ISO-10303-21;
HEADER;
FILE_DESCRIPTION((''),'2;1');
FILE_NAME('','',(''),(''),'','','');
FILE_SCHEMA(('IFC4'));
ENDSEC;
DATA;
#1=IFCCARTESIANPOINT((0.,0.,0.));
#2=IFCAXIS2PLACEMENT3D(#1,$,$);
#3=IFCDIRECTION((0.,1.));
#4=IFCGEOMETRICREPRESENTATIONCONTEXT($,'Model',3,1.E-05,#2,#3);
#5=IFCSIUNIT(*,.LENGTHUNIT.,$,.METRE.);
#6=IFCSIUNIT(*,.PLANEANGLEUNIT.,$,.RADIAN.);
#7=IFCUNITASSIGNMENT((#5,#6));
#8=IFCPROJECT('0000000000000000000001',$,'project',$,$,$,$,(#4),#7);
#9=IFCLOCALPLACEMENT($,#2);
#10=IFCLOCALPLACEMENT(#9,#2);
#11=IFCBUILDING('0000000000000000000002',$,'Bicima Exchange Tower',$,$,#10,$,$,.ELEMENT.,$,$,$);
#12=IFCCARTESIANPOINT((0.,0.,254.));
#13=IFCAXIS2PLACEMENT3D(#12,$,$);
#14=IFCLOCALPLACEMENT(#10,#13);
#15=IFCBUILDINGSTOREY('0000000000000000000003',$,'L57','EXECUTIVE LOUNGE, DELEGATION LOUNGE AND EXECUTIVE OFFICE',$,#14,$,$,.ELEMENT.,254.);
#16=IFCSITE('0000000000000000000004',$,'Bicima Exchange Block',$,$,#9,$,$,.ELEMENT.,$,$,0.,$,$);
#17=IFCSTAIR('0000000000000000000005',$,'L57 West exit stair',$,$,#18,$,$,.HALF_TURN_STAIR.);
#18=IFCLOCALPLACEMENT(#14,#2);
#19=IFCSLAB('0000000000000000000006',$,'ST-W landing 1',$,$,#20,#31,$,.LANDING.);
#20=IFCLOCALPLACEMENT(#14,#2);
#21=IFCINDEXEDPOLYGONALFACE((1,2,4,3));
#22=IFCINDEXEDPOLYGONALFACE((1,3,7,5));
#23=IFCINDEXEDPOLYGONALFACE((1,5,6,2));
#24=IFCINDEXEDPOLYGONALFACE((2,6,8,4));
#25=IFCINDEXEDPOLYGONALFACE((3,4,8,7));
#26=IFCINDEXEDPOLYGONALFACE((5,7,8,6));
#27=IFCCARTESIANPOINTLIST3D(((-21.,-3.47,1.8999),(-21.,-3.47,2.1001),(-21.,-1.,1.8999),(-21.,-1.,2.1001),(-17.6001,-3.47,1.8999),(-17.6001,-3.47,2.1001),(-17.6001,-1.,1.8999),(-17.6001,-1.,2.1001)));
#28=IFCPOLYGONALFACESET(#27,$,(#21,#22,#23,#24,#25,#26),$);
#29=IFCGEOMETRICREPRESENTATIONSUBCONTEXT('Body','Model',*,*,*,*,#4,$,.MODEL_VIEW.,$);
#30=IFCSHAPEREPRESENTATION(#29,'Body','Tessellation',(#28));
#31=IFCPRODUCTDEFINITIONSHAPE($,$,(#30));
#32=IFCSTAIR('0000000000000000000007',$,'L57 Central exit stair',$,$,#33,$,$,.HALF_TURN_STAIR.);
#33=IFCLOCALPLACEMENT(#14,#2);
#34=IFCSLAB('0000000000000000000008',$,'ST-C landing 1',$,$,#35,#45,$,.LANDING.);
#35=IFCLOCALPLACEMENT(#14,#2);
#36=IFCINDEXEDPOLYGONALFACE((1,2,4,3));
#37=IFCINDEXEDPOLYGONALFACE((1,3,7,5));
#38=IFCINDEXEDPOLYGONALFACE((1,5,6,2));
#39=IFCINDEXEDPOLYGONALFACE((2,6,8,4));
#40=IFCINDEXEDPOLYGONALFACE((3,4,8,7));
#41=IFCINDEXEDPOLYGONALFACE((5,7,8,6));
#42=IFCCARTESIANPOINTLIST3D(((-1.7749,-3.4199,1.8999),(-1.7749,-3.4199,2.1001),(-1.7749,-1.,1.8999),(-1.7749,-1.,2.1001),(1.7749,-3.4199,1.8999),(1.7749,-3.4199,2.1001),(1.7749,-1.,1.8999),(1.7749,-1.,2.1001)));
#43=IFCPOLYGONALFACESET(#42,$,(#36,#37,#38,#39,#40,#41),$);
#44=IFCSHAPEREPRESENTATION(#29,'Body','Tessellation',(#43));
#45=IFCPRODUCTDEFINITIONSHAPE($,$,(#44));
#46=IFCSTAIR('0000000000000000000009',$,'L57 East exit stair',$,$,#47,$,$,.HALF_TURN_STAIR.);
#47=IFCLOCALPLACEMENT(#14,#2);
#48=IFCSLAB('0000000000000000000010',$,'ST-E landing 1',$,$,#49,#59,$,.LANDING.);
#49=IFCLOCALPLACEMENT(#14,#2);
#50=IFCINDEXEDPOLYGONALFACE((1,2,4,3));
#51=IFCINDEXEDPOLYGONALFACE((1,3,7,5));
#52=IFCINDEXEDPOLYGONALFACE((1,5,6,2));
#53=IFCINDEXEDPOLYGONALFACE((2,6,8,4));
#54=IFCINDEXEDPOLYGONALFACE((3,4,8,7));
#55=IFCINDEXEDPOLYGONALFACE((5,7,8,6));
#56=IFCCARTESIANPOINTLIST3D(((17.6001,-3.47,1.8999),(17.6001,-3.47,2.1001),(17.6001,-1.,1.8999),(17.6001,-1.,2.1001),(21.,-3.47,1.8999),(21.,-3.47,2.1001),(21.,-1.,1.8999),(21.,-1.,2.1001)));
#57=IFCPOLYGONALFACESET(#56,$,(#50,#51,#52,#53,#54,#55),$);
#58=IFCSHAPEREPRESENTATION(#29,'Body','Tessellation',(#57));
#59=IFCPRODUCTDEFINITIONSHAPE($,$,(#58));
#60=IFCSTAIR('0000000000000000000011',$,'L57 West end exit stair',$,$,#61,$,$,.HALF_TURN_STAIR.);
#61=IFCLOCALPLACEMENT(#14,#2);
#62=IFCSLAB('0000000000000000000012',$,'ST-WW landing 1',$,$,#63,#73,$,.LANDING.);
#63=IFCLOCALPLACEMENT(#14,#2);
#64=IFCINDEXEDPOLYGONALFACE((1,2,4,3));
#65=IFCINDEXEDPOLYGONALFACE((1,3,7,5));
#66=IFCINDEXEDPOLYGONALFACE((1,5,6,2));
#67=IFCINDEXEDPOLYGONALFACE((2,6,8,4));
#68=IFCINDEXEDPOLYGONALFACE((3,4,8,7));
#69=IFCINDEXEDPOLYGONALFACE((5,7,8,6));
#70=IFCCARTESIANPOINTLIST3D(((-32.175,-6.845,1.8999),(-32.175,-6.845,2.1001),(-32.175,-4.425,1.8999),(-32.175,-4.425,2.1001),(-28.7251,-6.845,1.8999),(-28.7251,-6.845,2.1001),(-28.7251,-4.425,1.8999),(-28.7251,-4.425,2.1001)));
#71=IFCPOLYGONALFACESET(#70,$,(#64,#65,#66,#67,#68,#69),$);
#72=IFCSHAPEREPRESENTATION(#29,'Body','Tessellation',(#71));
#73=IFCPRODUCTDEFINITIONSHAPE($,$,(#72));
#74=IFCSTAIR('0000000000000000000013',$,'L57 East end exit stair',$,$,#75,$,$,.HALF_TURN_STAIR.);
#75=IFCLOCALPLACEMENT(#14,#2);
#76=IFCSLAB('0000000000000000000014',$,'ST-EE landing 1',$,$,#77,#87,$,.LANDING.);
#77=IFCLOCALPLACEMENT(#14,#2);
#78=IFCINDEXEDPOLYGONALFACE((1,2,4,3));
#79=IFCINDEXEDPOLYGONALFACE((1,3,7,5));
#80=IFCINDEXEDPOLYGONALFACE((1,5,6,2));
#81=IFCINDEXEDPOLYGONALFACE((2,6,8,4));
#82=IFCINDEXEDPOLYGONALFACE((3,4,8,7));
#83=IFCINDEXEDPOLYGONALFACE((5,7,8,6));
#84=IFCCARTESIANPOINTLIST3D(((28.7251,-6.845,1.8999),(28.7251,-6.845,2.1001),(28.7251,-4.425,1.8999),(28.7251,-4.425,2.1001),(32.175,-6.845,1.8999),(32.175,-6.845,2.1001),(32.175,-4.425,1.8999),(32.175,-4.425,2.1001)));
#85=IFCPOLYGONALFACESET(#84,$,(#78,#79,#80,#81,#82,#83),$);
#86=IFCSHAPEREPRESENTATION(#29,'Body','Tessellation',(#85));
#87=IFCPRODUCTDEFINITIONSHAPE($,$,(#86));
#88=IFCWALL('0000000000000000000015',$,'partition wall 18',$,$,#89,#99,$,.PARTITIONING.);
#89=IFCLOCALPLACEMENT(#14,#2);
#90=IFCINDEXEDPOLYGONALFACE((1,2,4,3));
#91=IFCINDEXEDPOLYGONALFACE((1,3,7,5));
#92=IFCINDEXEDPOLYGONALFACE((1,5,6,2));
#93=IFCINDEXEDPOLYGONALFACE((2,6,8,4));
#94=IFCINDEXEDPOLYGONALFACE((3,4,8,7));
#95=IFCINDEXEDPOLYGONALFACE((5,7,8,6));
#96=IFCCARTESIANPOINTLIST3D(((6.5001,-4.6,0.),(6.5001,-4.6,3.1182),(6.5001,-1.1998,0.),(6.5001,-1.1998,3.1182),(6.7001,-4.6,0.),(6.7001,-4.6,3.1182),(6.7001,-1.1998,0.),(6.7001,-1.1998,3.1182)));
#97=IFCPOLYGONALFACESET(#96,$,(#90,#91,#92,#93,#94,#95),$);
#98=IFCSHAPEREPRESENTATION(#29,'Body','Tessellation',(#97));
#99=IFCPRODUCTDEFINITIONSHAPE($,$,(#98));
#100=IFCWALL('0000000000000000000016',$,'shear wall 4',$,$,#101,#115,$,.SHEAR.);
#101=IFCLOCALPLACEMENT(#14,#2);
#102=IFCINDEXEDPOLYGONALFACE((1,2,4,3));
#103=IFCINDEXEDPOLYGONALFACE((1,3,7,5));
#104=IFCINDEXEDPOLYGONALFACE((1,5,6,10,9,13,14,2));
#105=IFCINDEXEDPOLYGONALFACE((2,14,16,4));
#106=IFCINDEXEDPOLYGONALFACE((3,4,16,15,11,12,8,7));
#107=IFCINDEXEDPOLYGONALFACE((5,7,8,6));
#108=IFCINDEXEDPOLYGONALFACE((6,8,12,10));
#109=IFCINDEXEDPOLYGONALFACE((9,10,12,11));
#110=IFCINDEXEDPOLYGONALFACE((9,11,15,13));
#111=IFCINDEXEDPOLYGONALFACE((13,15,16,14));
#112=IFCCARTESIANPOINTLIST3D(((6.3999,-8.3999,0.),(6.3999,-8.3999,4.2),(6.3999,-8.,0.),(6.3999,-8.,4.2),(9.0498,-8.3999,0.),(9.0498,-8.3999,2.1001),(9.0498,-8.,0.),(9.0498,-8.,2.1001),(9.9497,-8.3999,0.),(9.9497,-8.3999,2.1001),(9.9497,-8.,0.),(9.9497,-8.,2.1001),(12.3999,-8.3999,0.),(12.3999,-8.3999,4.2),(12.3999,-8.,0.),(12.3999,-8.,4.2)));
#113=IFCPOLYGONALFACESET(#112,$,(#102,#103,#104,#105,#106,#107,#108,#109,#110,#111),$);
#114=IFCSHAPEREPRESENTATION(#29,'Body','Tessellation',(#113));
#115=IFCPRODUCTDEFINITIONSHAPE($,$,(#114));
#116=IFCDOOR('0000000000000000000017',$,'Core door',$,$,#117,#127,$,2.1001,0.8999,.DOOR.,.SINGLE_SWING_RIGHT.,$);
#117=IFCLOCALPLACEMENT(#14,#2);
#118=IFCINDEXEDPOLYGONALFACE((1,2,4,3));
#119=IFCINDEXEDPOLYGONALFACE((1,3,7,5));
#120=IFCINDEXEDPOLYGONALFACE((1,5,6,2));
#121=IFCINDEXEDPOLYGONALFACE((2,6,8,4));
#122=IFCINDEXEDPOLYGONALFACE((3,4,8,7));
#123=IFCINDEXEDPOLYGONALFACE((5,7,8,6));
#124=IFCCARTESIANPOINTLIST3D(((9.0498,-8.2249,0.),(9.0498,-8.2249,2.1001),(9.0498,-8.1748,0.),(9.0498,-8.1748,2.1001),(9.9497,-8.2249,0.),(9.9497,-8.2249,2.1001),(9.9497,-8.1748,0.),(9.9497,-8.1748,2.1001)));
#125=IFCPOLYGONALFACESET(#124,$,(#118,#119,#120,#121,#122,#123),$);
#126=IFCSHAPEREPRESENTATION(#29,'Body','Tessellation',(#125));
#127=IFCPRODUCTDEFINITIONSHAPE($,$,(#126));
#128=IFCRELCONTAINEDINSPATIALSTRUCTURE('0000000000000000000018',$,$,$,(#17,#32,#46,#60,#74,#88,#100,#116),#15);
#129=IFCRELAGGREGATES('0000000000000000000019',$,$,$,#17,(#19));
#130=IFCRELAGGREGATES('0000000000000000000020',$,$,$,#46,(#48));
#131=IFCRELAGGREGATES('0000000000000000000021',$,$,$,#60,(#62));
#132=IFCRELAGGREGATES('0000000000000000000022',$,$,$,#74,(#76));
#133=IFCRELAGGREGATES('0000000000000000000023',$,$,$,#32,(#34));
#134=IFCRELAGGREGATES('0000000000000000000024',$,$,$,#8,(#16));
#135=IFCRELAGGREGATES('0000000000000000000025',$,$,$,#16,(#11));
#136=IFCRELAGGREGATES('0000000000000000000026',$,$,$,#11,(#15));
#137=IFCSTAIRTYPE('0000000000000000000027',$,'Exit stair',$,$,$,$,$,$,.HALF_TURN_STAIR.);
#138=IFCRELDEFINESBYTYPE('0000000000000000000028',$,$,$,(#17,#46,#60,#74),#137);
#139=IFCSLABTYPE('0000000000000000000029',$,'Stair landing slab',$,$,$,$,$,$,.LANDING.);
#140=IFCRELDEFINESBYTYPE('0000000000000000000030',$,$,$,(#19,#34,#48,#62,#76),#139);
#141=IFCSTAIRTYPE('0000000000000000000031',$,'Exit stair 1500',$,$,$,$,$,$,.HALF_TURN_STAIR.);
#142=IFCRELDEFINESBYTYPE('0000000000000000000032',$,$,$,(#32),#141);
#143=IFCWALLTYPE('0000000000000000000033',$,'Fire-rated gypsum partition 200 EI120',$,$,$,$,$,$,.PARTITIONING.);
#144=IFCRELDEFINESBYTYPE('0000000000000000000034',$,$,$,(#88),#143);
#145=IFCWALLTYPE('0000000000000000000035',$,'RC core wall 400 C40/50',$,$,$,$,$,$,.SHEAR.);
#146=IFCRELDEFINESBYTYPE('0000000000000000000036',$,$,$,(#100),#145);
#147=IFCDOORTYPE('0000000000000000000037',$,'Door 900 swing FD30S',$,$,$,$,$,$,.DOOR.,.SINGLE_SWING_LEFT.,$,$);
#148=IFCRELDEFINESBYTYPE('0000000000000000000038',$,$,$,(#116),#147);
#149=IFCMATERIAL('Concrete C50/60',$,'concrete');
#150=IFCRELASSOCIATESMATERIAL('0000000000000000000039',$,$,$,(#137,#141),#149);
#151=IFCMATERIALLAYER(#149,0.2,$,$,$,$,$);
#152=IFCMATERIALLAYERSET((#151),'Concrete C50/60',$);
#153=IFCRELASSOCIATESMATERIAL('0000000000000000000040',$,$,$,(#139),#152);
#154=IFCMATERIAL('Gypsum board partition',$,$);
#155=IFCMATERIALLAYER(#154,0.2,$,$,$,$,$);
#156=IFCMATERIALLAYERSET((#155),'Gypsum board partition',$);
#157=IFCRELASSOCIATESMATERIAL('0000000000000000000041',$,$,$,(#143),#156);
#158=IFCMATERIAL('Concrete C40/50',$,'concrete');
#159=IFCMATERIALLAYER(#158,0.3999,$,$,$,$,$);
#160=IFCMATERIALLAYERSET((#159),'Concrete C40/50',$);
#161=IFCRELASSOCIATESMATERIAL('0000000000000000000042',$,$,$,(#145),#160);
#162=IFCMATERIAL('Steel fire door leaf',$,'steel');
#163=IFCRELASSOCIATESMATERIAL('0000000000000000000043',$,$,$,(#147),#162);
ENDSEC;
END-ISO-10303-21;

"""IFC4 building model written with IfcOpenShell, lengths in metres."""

from ifc_helpers import new_model, si_unit, direction, frame, frame_2d, origin, place, context, subcontext, project, spatial, polyline, rectangle, outline, extrude, material, layer, layer_set, type_object, element, fill, aggregate, save


model = new_model("IFC4")

# Units and contexts
model_context = context("Model", 3, precision=1e-05, world=origin(), true_north=direction((0.0, 1.0)))
body_context = subcontext(model_context, "Body", "Model", "MODEL_VIEW")
ifc_project = project(units=[si_unit("LENGTHUNIT", "METRE"), si_unit("PLANEANGLEUNIT", "RADIAN")], contexts=[model_context])

# Site, building, storey
site_placement = place(None, origin())
site = spatial("IfcSite", under=ifc_project, at=site_placement, Name="Bicima Exchange Block", CompositionType="ELEMENT", RefElevation=0.0)
building_placement = place(site_placement, origin())
building = spatial("IfcBuilding", under=site, at=building_placement, Name="Bicima Exchange Tower", CompositionType="ELEMENT")
storey_placement = place(building_placement, frame((0.0, 0.0, 254.0)))
storey = spatial("IfcBuildingStorey", under=building, at=storey_placement, Name="L57", Description="EXECUTIVE LOUNGE, DELEGATION LOUNGE AND EXECUTIVE OFFICE", CompositionType="ELEMENT", Elevation=254.0)

# Stairs, slabs
ifc_material_1 = material(Name="Concrete C50/60", Category="concrete")
stair_type_1 = type_object("IfcStairType", Name="Exit stair", PredefinedType="HALF_TURN_STAIR", material=ifc_material_1)
stair_1_placement = place(storey_placement, origin())
stair_1 = element("IfcStair", 1, at=stair_1_placement, inside=storey, type_object=stair_type_1, Name="L57 West exit stair", PredefinedType="HALF_TURN_STAIR")
ifc_layer_1 = layer(ifc_material_1, 0.2)
ifc_layer_set_1 = layer_set([ifc_layer_1], Name="Concrete C50/60")
slab_type = type_object("IfcSlabType", Name="Stair landing slab", PredefinedType="LANDING", material=ifc_layer_set_1)
slab_1_placement = place(storey_placement, frame((0.0, 0.0, 1.8999)))
slab_1 = element("IfcSlab", 2, at=slab_1_placement, type_object=slab_type, Name="ST-W landing 1", PredefinedType="LANDING", context=body_context, shape_type="SweptSolid", body=[
    extrude(outline(polyline([(-17.6001, -3.47), (-17.6001, -1.0), (-21.0, -1.0), (-21.0, -3.47), (-17.6001, -3.47)])), origin(), (0.0, 0.0, 1.0), 0.2002),
])
aggregate(stair_1, [slab_1])
stair_type_2 = type_object("IfcStairType", Name="Exit stair 1500", PredefinedType="HALF_TURN_STAIR", material=ifc_material_1)
stair_2_placement = place(storey_placement, origin())
stair_2 = element("IfcStair", 3, at=stair_2_placement, inside=storey, type_object=stair_type_2, Name="L57 Central exit stair", PredefinedType="HALF_TURN_STAIR")
slab_2_placement = place(storey_placement, frame((0.0, 0.0, 1.8999)))
slab_2 = element("IfcSlab", 4, at=slab_2_placement, type_object=slab_type, Name="ST-C landing 1", PredefinedType="LANDING", context=body_context, shape_type="SweptSolid", body=[
    extrude(outline(polyline([(1.7749, -3.4199), (1.7749, -1.0), (-1.7749, -1.0), (-1.7749, -3.4199), (1.7749, -3.4199)])), origin(), (0.0, 0.0, 1.0), 0.2002),
])
stair_3_placement = place(storey_placement, origin())
stair_3 = element("IfcStair", 5, at=stair_3_placement, inside=storey, type_object=stair_type_1, Name="L57 East exit stair", PredefinedType="HALF_TURN_STAIR")
slab_3_placement = place(storey_placement, frame((0.0, 0.0, 1.8999)))
slab_3 = element("IfcSlab", 6, at=slab_3_placement, type_object=slab_type, Name="ST-E landing 1", PredefinedType="LANDING", context=body_context, shape_type="SweptSolid", body=[
    extrude(outline(polyline([(21.0, -3.47), (21.0, -1.0), (17.6001, -1.0), (17.6001, -3.47), (21.0, -3.47)])), origin(), (0.0, 0.0, 1.0), 0.2002),
])
aggregate(stair_3, [slab_3])
stair_4_placement = place(storey_placement, origin())
stair_4 = element("IfcStair", 7, at=stair_4_placement, inside=storey, type_object=stair_type_1, Name="L57 West end exit stair", PredefinedType="HALF_TURN_STAIR")
slab_4_placement = place(storey_placement, frame((0.0, 0.0, 1.8999)))
slab_4 = element("IfcSlab", 8, at=slab_4_placement, type_object=slab_type, Name="ST-WW landing 1", PredefinedType="LANDING", context=body_context, shape_type="SweptSolid", body=[
    extrude(outline(polyline([(-28.7251, -6.845), (-28.7251, -4.425), (-32.175, -4.425), (-32.175, -6.845), (-28.7251, -6.845)])), origin(), (0.0, 0.0, 1.0), 0.2002),
])
aggregate(stair_4, [slab_4])
stair_5_placement = place(storey_placement, origin())
stair_5 = element("IfcStair", 9, at=stair_5_placement, inside=storey, type_object=stair_type_1, Name="L57 East end exit stair", PredefinedType="HALF_TURN_STAIR")
slab_5_placement = place(storey_placement, frame((0.0, 0.0, 1.8999)))
slab_5 = element("IfcSlab", 10, at=slab_5_placement, type_object=slab_type, Name="ST-EE landing 1", PredefinedType="LANDING", context=body_context, shape_type="SweptSolid", body=[
    extrude(outline(polyline([(32.175, -6.845), (32.175, -4.425), (28.7251, -4.425), (28.7251, -6.845), (32.175, -6.845)])), origin(), (0.0, 0.0, 1.0), 0.2002),
])
aggregate(stair_5, [slab_5])

# Wall
ifc_material_2 = material(Name="Gypsum board partition")
ifc_layer_2 = layer(ifc_material_2, 0.2)
ifc_layer_set_2 = layer_set([ifc_layer_2], Name="Gypsum board partition")
wall_type_1 = type_object("IfcWallType", Name="Fire-rated gypsum partition 200 EI120", PredefinedType="PARTITIONING", material=ifc_layer_set_2)
wall_1_placement = place(storey_placement, frame((6.6001, -4.6001, 0.0), z_axis=(0.0, 0.0, 1.0), x_axis=(0.0, 1.0, 0.0)))
element("IfcWall", 11, at=wall_1_placement, inside=storey, type_object=wall_type_1, Name="partition wall 18", PredefinedType="PARTITIONING", context=body_context, shape_type="SweptSolid", body=[
    extrude(rectangle(XDim=3.4001, YDim=0.2, at=frame_2d((1.7002, 0.0))), origin(), (0.0, 0.0, 1.0), 3.1182),
])

# Wall, opening, door
ifc_material_3 = material(Name="Concrete C40/50", Category="concrete")
ifc_layer_3 = layer(ifc_material_3, 0.3999)
ifc_layer_set_3 = layer_set([ifc_layer_3], Name="Concrete C40/50")
wall_type_2 = type_object("IfcWallType", Name="RC core wall 400 C40/50", PredefinedType="SHEAR", material=ifc_layer_set_3)
wall_2_placement = place(storey_placement, frame((6.3999, -8.2, 0.0), z_axis=(0.0, 0.0, 1.0), x_axis=(1.0, 0.0, 0.0)))
wall_2 = element("IfcWall", 12, at=wall_2_placement, inside=storey, type_object=wall_type_2, Name="shear wall 4", PredefinedType="SHEAR", context=body_context, shape_type="SweptSolid", body=[
    extrude(rectangle(XDim=6.0, YDim=0.3999, at=frame_2d((3.0, 0.0))), origin(), (0.0, 0.0, 1.0), 4.2),
])
opening_1_placement = place(wall_2_placement, frame((2.6499, 0.0, 0.0)))
opening_1 = element("IfcOpeningElement", 13, at=opening_1_placement, cuts=wall_2, PredefinedType="OPENING", context=body_context, shape_type="SweptSolid", body=[
    extrude(rectangle(XDim=0.8999, YDim=2.1001, at=frame_2d((0.45, 1.05))), frame((0.0, 0.2119, 0.0), z_axis=(0.0, -1.0, 0.0), x_axis=(1.0, 0.0, 0.0)), (0.0, 0.0, 1.0), 0.4238),
])
ifc_material_4 = material(Name="Steel fire door leaf", Category="steel")
door_type_1 = type_object("IfcDoorType", Name="Door 900 swing FD30S", OperationType="SINGLE_SWING_LEFT", PredefinedType="DOOR", material=ifc_material_4)
door_1_placement = place(opening_1_placement, frame((0.8999, 0.0, 0.0), z_axis=(0.0, 0.0, 1.0), x_axis=(-1.0, 0.0, 0.0)))
door_1 = element("IfcDoor", 14, at=door_1_placement, inside=storey, type_object=door_type_1, Name="Core door", OperationType="SINGLE_SWING_RIGHT", OverallHeight=2.1001, OverallWidth=0.8999, PredefinedType="DOOR", context=body_context, shape_type="SweptSolid", body=[
    extrude(rectangle(XDim=0.8999, YDim=2.1001, at=frame_2d((0.45, 1.05))), frame((0.0, 0.0249, 0.0), z_axis=(0.0, -1.0, 0.0), x_axis=(1.0, 0.0, 0.0)), (0.0, 0.0, 1.0), 0.05),
])
fill(opening_1, door_1)

aggregate(stair_2, [slab_2])

save(model, "model.ifc")
